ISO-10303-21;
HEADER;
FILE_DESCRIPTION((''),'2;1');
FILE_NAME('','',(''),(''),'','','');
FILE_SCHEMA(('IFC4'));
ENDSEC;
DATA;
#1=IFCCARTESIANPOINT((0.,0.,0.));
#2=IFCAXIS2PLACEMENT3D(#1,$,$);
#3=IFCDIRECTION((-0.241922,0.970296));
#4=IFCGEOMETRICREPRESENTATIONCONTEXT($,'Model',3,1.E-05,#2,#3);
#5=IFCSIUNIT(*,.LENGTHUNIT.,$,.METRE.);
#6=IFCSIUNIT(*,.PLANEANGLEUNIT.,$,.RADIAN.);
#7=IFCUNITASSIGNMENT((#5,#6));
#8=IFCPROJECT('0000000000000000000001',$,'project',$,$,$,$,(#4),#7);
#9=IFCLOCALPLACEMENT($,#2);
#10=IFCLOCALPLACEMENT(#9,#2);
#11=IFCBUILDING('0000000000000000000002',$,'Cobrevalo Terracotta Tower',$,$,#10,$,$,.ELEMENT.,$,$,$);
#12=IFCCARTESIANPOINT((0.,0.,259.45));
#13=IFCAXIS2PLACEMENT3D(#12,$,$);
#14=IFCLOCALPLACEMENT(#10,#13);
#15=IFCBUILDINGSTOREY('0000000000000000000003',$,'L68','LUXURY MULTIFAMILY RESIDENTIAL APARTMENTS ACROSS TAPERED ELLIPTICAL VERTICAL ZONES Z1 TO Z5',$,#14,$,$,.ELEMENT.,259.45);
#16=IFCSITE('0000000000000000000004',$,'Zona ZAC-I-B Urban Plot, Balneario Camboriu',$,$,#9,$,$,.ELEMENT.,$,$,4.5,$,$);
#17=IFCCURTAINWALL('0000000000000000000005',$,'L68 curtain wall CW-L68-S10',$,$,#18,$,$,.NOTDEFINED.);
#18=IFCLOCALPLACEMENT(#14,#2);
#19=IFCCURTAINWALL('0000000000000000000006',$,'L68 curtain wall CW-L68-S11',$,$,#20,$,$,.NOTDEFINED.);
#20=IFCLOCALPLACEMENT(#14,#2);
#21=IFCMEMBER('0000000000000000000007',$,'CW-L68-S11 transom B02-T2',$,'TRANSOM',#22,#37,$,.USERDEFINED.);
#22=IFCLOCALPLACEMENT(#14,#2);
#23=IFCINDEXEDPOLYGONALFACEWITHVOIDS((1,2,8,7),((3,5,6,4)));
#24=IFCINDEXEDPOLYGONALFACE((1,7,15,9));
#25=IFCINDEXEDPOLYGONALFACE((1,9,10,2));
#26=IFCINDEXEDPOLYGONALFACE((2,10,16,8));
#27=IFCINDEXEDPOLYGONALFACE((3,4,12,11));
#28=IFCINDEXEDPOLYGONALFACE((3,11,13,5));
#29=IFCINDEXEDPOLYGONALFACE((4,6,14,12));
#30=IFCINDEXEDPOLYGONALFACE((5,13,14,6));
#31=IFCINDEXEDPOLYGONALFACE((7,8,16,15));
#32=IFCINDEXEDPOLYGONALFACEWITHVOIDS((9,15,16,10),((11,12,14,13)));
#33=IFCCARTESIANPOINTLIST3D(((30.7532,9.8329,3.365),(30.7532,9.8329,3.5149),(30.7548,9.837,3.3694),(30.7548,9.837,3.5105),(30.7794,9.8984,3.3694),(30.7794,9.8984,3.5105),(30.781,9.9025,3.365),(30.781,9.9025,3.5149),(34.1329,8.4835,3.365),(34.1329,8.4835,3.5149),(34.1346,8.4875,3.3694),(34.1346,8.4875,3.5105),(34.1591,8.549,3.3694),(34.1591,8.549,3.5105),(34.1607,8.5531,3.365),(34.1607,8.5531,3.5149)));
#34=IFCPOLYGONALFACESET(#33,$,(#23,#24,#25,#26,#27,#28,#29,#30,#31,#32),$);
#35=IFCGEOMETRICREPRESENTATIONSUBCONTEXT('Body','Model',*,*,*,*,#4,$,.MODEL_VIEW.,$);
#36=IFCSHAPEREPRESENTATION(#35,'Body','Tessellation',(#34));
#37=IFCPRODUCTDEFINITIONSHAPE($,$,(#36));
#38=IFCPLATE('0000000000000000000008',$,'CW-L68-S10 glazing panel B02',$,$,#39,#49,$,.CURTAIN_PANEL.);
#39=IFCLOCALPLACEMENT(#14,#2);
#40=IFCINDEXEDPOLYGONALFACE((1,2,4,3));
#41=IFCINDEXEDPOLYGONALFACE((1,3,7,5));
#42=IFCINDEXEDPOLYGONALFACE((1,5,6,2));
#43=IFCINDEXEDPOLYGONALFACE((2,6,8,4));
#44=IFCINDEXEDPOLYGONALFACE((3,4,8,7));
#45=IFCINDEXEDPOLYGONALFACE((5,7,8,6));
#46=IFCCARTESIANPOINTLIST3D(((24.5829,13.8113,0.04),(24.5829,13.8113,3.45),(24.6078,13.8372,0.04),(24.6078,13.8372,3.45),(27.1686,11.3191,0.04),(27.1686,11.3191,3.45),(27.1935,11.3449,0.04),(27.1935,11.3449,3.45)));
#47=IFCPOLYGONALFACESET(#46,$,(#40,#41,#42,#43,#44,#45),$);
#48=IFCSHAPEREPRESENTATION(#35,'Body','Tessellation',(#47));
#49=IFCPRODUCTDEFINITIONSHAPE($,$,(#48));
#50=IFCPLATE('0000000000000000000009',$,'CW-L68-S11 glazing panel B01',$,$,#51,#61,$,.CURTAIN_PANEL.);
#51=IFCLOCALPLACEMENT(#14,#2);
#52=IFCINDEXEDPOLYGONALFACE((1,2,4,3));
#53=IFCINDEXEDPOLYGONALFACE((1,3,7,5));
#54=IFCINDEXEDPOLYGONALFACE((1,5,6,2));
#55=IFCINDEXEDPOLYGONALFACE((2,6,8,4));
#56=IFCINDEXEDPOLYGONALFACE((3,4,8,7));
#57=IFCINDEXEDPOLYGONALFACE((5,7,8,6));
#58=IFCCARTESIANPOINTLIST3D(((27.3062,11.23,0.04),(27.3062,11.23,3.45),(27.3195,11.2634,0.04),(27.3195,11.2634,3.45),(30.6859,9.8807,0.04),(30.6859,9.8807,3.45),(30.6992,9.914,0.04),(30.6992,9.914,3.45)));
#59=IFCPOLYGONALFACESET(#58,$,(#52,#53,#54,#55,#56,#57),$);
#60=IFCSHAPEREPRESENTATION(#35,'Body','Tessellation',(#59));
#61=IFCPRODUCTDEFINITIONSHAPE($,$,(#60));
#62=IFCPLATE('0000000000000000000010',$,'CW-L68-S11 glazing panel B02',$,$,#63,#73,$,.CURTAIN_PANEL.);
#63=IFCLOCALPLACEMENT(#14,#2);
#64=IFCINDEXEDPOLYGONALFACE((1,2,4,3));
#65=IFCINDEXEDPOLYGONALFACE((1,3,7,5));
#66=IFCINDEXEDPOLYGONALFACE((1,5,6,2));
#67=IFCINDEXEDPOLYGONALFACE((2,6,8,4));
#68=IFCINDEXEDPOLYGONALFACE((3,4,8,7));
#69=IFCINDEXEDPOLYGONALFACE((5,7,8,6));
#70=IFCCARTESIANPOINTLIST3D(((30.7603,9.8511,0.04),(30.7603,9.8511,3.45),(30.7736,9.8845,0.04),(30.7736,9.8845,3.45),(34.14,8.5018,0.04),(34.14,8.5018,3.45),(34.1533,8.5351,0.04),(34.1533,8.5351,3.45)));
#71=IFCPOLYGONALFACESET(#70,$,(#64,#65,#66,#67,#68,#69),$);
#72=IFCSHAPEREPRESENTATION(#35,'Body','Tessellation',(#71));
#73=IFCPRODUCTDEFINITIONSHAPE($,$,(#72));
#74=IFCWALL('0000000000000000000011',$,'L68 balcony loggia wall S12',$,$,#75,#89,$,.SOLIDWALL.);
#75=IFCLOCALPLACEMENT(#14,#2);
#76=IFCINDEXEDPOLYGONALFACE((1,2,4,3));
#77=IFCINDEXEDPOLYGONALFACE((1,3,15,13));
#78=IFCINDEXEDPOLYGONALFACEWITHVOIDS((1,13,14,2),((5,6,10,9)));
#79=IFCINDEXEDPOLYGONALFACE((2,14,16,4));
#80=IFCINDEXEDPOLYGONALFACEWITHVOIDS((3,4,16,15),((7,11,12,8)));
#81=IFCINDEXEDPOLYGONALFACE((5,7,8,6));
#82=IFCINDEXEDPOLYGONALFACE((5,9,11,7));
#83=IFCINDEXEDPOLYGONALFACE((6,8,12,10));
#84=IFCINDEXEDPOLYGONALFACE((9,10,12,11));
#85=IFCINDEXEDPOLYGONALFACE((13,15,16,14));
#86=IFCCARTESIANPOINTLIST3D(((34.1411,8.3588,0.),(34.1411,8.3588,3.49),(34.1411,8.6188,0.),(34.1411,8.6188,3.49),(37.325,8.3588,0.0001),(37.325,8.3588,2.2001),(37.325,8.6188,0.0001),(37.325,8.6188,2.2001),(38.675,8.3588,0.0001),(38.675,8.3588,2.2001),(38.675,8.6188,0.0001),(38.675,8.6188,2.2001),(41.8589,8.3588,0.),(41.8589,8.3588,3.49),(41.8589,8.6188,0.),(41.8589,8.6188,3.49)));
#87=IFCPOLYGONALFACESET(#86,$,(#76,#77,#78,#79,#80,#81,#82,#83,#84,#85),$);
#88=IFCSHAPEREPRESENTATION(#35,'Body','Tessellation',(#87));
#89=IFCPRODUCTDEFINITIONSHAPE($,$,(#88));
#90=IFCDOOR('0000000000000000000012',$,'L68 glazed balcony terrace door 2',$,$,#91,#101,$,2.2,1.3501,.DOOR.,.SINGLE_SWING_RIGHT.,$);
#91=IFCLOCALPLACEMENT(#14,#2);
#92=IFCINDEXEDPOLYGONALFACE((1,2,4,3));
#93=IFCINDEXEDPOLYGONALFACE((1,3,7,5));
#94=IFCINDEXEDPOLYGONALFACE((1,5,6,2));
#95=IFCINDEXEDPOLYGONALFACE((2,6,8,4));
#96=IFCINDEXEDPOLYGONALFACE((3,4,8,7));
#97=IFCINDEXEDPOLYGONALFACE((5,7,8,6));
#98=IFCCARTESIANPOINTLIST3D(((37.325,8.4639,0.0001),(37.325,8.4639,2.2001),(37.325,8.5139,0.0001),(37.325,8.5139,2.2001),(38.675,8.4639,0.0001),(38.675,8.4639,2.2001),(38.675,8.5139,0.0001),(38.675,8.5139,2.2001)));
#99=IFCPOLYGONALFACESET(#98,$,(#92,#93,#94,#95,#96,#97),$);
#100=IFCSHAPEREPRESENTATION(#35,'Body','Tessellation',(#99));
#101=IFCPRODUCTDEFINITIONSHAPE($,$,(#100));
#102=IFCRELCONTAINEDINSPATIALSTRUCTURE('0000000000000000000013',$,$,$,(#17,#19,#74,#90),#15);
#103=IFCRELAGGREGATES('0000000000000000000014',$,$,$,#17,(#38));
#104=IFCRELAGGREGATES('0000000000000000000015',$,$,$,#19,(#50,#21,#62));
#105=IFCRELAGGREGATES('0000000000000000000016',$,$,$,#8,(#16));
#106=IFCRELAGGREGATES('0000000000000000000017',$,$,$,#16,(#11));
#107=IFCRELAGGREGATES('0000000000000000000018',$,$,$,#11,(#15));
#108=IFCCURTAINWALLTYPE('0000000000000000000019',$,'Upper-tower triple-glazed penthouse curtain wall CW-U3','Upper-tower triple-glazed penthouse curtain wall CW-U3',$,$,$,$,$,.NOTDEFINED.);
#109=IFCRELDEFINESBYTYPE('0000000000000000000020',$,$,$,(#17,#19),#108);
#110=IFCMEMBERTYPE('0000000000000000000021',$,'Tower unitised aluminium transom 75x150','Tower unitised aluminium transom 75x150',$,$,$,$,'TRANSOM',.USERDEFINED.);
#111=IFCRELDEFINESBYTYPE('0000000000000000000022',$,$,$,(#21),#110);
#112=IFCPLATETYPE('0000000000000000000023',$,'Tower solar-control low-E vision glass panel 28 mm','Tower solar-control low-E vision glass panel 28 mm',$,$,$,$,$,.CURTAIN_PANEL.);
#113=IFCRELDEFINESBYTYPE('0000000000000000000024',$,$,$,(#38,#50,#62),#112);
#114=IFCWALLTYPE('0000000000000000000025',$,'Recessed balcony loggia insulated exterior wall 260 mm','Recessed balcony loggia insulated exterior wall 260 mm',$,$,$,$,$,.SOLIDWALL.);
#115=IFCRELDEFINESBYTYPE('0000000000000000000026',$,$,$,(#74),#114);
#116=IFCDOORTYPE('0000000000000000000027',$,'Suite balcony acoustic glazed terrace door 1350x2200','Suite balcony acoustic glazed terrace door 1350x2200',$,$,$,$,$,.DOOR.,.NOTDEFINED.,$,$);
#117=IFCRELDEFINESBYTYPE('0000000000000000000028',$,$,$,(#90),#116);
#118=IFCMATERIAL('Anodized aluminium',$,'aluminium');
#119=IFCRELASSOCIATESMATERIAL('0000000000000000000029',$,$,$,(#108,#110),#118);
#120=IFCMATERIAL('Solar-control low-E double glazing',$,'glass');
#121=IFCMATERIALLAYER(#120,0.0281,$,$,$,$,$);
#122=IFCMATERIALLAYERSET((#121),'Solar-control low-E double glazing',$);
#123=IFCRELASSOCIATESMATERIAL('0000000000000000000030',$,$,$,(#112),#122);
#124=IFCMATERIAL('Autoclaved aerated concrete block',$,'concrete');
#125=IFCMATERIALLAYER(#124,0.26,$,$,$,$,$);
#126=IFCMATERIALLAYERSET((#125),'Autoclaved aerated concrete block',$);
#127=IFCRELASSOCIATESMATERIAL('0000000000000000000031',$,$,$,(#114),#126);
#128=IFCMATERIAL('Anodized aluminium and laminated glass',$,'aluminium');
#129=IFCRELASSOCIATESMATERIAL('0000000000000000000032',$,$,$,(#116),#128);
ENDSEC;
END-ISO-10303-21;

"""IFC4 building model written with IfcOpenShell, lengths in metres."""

from ifc_helpers import new_model, si_unit, direction, frame, frame_2d, origin, origin_2d, place, context, subcontext, project, spatial, rectangle, hollow_rectangle, extrude, source, transform, mapped, material, layer, layer_set, material_profile, profile_set, type_object, element, fill, aggregate, save


model = new_model("IFC4")

# Units and contexts
model_context = context("Model", 3, precision=1e-05, world=origin(), true_north=direction((-0.241922, 0.970296)))
body_context = subcontext(model_context, "Body", "Model", "MODEL_VIEW")
ifc_project = project(units=[si_unit("LENGTHUNIT", "METRE"), si_unit("PLANEANGLEUNIT", "RADIAN")], contexts=[model_context])

# Site, building, storey
site_placement = place(None, origin())
site = spatial("IfcSite", under=ifc_project, at=site_placement, Name="Zona ZAC-I-B Urban Plot, Balneario Camboriu", CompositionType="ELEMENT", RefElevation=4.5)
building_placement = place(site_placement, origin())
building = spatial("IfcBuilding", under=site, at=building_placement, Name="Cobrevalo Terracotta Tower", CompositionType="ELEMENT")
storey_placement = place(building_placement, frame((0.0, 0.0, 259.45)))
storey = spatial("IfcBuildingStorey", under=building, at=storey_placement, Name="L68", Description="LUXURY MULTIFAMILY RESIDENTIAL APARTMENTS ACROSS TAPERED ELLIPTICAL VERTICAL ZONES Z1 TO Z5", CompositionType="ELEMENT", Elevation=259.45)

# Curtain wall
ifc_material_1 = material(Name="Anodized aluminium", Category="aluminium")
curtain_wall_type = type_object("IfcCurtainWallType", Name="Upper-tower triple-glazed penthouse curtain wall CW-U3", Description="Upper-tower triple-glazed penthouse curtain wall CW-U3", PredefinedType="NOTDEFINED", material=ifc_material_1)
curtain_wall_1_placement = place(storey_placement, origin())
curtain_wall_1 = element("IfcCurtainWall", 1, at=curtain_wall_1_placement, inside=storey, type_object=curtain_wall_type, Name="L68 curtain wall CW-L68-S10", PredefinedType="NOTDEFINED")

# Curtain wall
curtain_wall_2_placement = place(storey_placement, origin())
curtain_wall_2 = element("IfcCurtainWall", 2, at=curtain_wall_2_placement, inside=storey, type_object=curtain_wall_type, Name="L68 curtain wall CW-L68-S11", PredefinedType="NOTDEFINED")

# Member
ifc_material_profile_1 = material_profile(ifc_material_1, hollow_rectangle(XDim=0.075, YDim=0.1499, WallThickness=0.0044, at=origin_2d()), Name="CWT 75x150")
ifc_profile_set_1 = profile_set([ifc_material_profile_1], Name="Anodized aluminium")
member_type_1 = type_object("IfcMemberType", Name="Tower unitised aluminium transom 75x150", Description="Tower unitised aluminium transom 75x150", ElementType="TRANSOM", PredefinedType="USERDEFINED", material=ifc_profile_set_1)
shared_shape_1 = source(origin(), body_context, "Body", "SweptSolid", [
    extrude(hollow_rectangle(XDim=0.075, YDim=0.1499, WallThickness=0.0044, at=origin_2d()), origin(), (0.0, 0.0, 1.0), 3.6392),
])
member_1_placement = place(storey_placement, frame((30.7671, 9.8677, 3.4399), z_axis=(0.928712, -0.370801, 0.0), x_axis=(0.370801, 0.928712, 0.0)))
member_1 = element("IfcMember", 3, at=member_1_placement, type_object=member_type_1, Name="CW-L68-S11 transom B02-T2", ObjectType="TRANSOM", PredefinedType="USERDEFINED", context=body_context, shape_type="MappedRepresentation", body=[
    mapped(shared_shape_1, transform((0.0, 0.0, 0.0), scale=1.0)),
])

# Plates
ifc_material_2 = material(Name="Solar-control low-E double glazing", Category="glass")
ifc_layer_1 = layer(ifc_material_2, 0.0281)
ifc_layer_set_1 = layer_set([ifc_layer_1], Name="Solar-control low-E double glazing")
plate_type = type_object("IfcPlateType", Name="Tower solar-control low-E vision glass panel 28 mm", Description="Tower solar-control low-E vision glass panel 28 mm", PredefinedType="CURTAIN_PANEL", material=ifc_layer_set_1)
shared_shape_2 = source(origin(), body_context, "Body", "SweptSolid", [
    extrude(rectangle(XDim=3.5913, YDim=0.0359, at=origin_2d()), origin(), (0.0, 0.0, 1.0), 3.4099),
])
plate_1_placement = place(storey_placement, frame((25.8882, 12.5781, 0.04), z_axis=(0.0, 0.0, 1.0), x_axis=(0.719997, -0.693978, 0.0)))
plate_1 = element("IfcPlate", 4, at=plate_1_placement, type_object=plate_type, Name="CW-L68-S10 glazing panel B02", PredefinedType="CURTAIN_PANEL", context=body_context, shape_type="MappedRepresentation", body=[
    mapped(shared_shape_2, transform((0.0, 0.0, 0.0), scale=1.0)),
])
aggregate(curtain_wall_1, [plate_1])
shared_shape_3 = source(origin(), body_context, "Body", "SweptSolid", [
    extrude(rectangle(XDim=3.6392, YDim=0.0359, at=origin_2d()), origin(), (0.0, 0.0, 1.0), 3.4099),
])
plate_2_placement = place(storey_placement, frame((29.0027, 10.572, 0.04), z_axis=(0.0, 0.0, 1.0), x_axis=(0.928718, -0.370786, 0.0)))
plate_2 = element("IfcPlate", 5, at=plate_2_placement, type_object=plate_type, Name="CW-L68-S11 glazing panel B01", PredefinedType="CURTAIN_PANEL", context=body_context, shape_type="MappedRepresentation", body=[
    mapped(shared_shape_3, transform((0.0, 0.0, 0.0), scale=1.0)),
])
plate_3_placement = place(storey_placement, frame((32.4568, 9.1931, 0.04), z_axis=(0.0, 0.0, 1.0), x_axis=(0.928718, -0.370786, 0.0)))
plate_3 = element("IfcPlate", 6, at=plate_3_placement, type_object=plate_type, Name="CW-L68-S11 glazing panel B02", PredefinedType="CURTAIN_PANEL", context=body_context, shape_type="MappedRepresentation", body=[
    mapped(shared_shape_3, transform((0.0, 0.0, 0.0), scale=1.0)),
])
aggregate(curtain_wall_2, [plate_2, member_1, plate_3])

# Wall, opening, door
ifc_material_3 = material(Name="Autoclaved aerated concrete block", Category="concrete")
ifc_layer_2 = layer(ifc_material_3, 0.26)
ifc_layer_set_2 = layer_set([ifc_layer_2], Name="Autoclaved aerated concrete block")
wall_type = type_object("IfcWallType", Name="Recessed balcony loggia insulated exterior wall 260 mm", Description="Recessed balcony loggia insulated exterior wall 260 mm", PredefinedType="SOLIDWALL", material=ifc_layer_set_2)
wall_placement = place(storey_placement, frame((34.1411, 8.4888, 0.0), z_axis=(0.0, 0.0, 1.0), x_axis=(1.0, 0.0, 0.0)))
wall = element("IfcWall", 7, at=wall_placement, inside=storey, type_object=wall_type, Name="L68 balcony loggia wall S12", PredefinedType="SOLIDWALL", context=body_context, shape_type="SweptSolid", body=[
    extrude(rectangle(XDim=7.7178, YDim=0.26, at=frame_2d((3.8589, 0.0))), origin(), (0.0, 0.0, 1.0), 3.49),
])
opening_placement = place(wall_placement, frame((3.1838, 0.0, 0.0)))
opening = element("IfcOpeningElement", 8, at=opening_placement, cuts=wall, PredefinedType="OPENING", context=body_context, shape_type="SweptSolid", body=[
    extrude(rectangle(XDim=1.3501, YDim=2.2, at=frame_2d((0.675, 1.1001))), frame((0.0, 0.1401, 0.0), z_axis=(0.0, -1.0, 0.0), x_axis=(1.0, 0.0, 0.0)), (0.0, 0.0, 1.0), 0.28),
])
ifc_material_4 = material(Name="Anodized aluminium and laminated glass", Category="aluminium")
door_type = type_object("IfcDoorType", Name="Suite balcony acoustic glazed terrace door 1350x2200", Description="Suite balcony acoustic glazed terrace door 1350x2200", OperationType="NOTDEFINED", PredefinedType="DOOR", material=ifc_material_4)
shared_shape_4 = source(origin(), body_context, "Body", "SweptSolid", [
    extrude(rectangle(XDim=1.3501, YDim=2.2, at=frame_2d((0.675, 1.1001))), frame((0.0, 0.0249, 0.0), z_axis=(0.0, -1.0, 0.0), x_axis=(1.0, 0.0, 0.0)), (0.0, 0.0, 1.0), 0.05),
])
door_placement = place(opening_placement, frame((1.3501, 0.0, 0.0), z_axis=(0.0, 0.0, 1.0), x_axis=(-1.0, 0.0, 0.0)))
door = element("IfcDoor", 9, at=door_placement, inside=storey, type_object=door_type, Name="L68 glazed balcony terrace door 2", OperationType="SINGLE_SWING_RIGHT", OverallHeight=2.2, OverallWidth=1.3501, PredefinedType="DOOR", context=body_context, shape_type="MappedRepresentation", body=[
    mapped(shared_shape_4, transform((0.0, 0.0, 0.0), scale=1.0)),
])
fill(opening, door)

save(model, "model.ifc")
